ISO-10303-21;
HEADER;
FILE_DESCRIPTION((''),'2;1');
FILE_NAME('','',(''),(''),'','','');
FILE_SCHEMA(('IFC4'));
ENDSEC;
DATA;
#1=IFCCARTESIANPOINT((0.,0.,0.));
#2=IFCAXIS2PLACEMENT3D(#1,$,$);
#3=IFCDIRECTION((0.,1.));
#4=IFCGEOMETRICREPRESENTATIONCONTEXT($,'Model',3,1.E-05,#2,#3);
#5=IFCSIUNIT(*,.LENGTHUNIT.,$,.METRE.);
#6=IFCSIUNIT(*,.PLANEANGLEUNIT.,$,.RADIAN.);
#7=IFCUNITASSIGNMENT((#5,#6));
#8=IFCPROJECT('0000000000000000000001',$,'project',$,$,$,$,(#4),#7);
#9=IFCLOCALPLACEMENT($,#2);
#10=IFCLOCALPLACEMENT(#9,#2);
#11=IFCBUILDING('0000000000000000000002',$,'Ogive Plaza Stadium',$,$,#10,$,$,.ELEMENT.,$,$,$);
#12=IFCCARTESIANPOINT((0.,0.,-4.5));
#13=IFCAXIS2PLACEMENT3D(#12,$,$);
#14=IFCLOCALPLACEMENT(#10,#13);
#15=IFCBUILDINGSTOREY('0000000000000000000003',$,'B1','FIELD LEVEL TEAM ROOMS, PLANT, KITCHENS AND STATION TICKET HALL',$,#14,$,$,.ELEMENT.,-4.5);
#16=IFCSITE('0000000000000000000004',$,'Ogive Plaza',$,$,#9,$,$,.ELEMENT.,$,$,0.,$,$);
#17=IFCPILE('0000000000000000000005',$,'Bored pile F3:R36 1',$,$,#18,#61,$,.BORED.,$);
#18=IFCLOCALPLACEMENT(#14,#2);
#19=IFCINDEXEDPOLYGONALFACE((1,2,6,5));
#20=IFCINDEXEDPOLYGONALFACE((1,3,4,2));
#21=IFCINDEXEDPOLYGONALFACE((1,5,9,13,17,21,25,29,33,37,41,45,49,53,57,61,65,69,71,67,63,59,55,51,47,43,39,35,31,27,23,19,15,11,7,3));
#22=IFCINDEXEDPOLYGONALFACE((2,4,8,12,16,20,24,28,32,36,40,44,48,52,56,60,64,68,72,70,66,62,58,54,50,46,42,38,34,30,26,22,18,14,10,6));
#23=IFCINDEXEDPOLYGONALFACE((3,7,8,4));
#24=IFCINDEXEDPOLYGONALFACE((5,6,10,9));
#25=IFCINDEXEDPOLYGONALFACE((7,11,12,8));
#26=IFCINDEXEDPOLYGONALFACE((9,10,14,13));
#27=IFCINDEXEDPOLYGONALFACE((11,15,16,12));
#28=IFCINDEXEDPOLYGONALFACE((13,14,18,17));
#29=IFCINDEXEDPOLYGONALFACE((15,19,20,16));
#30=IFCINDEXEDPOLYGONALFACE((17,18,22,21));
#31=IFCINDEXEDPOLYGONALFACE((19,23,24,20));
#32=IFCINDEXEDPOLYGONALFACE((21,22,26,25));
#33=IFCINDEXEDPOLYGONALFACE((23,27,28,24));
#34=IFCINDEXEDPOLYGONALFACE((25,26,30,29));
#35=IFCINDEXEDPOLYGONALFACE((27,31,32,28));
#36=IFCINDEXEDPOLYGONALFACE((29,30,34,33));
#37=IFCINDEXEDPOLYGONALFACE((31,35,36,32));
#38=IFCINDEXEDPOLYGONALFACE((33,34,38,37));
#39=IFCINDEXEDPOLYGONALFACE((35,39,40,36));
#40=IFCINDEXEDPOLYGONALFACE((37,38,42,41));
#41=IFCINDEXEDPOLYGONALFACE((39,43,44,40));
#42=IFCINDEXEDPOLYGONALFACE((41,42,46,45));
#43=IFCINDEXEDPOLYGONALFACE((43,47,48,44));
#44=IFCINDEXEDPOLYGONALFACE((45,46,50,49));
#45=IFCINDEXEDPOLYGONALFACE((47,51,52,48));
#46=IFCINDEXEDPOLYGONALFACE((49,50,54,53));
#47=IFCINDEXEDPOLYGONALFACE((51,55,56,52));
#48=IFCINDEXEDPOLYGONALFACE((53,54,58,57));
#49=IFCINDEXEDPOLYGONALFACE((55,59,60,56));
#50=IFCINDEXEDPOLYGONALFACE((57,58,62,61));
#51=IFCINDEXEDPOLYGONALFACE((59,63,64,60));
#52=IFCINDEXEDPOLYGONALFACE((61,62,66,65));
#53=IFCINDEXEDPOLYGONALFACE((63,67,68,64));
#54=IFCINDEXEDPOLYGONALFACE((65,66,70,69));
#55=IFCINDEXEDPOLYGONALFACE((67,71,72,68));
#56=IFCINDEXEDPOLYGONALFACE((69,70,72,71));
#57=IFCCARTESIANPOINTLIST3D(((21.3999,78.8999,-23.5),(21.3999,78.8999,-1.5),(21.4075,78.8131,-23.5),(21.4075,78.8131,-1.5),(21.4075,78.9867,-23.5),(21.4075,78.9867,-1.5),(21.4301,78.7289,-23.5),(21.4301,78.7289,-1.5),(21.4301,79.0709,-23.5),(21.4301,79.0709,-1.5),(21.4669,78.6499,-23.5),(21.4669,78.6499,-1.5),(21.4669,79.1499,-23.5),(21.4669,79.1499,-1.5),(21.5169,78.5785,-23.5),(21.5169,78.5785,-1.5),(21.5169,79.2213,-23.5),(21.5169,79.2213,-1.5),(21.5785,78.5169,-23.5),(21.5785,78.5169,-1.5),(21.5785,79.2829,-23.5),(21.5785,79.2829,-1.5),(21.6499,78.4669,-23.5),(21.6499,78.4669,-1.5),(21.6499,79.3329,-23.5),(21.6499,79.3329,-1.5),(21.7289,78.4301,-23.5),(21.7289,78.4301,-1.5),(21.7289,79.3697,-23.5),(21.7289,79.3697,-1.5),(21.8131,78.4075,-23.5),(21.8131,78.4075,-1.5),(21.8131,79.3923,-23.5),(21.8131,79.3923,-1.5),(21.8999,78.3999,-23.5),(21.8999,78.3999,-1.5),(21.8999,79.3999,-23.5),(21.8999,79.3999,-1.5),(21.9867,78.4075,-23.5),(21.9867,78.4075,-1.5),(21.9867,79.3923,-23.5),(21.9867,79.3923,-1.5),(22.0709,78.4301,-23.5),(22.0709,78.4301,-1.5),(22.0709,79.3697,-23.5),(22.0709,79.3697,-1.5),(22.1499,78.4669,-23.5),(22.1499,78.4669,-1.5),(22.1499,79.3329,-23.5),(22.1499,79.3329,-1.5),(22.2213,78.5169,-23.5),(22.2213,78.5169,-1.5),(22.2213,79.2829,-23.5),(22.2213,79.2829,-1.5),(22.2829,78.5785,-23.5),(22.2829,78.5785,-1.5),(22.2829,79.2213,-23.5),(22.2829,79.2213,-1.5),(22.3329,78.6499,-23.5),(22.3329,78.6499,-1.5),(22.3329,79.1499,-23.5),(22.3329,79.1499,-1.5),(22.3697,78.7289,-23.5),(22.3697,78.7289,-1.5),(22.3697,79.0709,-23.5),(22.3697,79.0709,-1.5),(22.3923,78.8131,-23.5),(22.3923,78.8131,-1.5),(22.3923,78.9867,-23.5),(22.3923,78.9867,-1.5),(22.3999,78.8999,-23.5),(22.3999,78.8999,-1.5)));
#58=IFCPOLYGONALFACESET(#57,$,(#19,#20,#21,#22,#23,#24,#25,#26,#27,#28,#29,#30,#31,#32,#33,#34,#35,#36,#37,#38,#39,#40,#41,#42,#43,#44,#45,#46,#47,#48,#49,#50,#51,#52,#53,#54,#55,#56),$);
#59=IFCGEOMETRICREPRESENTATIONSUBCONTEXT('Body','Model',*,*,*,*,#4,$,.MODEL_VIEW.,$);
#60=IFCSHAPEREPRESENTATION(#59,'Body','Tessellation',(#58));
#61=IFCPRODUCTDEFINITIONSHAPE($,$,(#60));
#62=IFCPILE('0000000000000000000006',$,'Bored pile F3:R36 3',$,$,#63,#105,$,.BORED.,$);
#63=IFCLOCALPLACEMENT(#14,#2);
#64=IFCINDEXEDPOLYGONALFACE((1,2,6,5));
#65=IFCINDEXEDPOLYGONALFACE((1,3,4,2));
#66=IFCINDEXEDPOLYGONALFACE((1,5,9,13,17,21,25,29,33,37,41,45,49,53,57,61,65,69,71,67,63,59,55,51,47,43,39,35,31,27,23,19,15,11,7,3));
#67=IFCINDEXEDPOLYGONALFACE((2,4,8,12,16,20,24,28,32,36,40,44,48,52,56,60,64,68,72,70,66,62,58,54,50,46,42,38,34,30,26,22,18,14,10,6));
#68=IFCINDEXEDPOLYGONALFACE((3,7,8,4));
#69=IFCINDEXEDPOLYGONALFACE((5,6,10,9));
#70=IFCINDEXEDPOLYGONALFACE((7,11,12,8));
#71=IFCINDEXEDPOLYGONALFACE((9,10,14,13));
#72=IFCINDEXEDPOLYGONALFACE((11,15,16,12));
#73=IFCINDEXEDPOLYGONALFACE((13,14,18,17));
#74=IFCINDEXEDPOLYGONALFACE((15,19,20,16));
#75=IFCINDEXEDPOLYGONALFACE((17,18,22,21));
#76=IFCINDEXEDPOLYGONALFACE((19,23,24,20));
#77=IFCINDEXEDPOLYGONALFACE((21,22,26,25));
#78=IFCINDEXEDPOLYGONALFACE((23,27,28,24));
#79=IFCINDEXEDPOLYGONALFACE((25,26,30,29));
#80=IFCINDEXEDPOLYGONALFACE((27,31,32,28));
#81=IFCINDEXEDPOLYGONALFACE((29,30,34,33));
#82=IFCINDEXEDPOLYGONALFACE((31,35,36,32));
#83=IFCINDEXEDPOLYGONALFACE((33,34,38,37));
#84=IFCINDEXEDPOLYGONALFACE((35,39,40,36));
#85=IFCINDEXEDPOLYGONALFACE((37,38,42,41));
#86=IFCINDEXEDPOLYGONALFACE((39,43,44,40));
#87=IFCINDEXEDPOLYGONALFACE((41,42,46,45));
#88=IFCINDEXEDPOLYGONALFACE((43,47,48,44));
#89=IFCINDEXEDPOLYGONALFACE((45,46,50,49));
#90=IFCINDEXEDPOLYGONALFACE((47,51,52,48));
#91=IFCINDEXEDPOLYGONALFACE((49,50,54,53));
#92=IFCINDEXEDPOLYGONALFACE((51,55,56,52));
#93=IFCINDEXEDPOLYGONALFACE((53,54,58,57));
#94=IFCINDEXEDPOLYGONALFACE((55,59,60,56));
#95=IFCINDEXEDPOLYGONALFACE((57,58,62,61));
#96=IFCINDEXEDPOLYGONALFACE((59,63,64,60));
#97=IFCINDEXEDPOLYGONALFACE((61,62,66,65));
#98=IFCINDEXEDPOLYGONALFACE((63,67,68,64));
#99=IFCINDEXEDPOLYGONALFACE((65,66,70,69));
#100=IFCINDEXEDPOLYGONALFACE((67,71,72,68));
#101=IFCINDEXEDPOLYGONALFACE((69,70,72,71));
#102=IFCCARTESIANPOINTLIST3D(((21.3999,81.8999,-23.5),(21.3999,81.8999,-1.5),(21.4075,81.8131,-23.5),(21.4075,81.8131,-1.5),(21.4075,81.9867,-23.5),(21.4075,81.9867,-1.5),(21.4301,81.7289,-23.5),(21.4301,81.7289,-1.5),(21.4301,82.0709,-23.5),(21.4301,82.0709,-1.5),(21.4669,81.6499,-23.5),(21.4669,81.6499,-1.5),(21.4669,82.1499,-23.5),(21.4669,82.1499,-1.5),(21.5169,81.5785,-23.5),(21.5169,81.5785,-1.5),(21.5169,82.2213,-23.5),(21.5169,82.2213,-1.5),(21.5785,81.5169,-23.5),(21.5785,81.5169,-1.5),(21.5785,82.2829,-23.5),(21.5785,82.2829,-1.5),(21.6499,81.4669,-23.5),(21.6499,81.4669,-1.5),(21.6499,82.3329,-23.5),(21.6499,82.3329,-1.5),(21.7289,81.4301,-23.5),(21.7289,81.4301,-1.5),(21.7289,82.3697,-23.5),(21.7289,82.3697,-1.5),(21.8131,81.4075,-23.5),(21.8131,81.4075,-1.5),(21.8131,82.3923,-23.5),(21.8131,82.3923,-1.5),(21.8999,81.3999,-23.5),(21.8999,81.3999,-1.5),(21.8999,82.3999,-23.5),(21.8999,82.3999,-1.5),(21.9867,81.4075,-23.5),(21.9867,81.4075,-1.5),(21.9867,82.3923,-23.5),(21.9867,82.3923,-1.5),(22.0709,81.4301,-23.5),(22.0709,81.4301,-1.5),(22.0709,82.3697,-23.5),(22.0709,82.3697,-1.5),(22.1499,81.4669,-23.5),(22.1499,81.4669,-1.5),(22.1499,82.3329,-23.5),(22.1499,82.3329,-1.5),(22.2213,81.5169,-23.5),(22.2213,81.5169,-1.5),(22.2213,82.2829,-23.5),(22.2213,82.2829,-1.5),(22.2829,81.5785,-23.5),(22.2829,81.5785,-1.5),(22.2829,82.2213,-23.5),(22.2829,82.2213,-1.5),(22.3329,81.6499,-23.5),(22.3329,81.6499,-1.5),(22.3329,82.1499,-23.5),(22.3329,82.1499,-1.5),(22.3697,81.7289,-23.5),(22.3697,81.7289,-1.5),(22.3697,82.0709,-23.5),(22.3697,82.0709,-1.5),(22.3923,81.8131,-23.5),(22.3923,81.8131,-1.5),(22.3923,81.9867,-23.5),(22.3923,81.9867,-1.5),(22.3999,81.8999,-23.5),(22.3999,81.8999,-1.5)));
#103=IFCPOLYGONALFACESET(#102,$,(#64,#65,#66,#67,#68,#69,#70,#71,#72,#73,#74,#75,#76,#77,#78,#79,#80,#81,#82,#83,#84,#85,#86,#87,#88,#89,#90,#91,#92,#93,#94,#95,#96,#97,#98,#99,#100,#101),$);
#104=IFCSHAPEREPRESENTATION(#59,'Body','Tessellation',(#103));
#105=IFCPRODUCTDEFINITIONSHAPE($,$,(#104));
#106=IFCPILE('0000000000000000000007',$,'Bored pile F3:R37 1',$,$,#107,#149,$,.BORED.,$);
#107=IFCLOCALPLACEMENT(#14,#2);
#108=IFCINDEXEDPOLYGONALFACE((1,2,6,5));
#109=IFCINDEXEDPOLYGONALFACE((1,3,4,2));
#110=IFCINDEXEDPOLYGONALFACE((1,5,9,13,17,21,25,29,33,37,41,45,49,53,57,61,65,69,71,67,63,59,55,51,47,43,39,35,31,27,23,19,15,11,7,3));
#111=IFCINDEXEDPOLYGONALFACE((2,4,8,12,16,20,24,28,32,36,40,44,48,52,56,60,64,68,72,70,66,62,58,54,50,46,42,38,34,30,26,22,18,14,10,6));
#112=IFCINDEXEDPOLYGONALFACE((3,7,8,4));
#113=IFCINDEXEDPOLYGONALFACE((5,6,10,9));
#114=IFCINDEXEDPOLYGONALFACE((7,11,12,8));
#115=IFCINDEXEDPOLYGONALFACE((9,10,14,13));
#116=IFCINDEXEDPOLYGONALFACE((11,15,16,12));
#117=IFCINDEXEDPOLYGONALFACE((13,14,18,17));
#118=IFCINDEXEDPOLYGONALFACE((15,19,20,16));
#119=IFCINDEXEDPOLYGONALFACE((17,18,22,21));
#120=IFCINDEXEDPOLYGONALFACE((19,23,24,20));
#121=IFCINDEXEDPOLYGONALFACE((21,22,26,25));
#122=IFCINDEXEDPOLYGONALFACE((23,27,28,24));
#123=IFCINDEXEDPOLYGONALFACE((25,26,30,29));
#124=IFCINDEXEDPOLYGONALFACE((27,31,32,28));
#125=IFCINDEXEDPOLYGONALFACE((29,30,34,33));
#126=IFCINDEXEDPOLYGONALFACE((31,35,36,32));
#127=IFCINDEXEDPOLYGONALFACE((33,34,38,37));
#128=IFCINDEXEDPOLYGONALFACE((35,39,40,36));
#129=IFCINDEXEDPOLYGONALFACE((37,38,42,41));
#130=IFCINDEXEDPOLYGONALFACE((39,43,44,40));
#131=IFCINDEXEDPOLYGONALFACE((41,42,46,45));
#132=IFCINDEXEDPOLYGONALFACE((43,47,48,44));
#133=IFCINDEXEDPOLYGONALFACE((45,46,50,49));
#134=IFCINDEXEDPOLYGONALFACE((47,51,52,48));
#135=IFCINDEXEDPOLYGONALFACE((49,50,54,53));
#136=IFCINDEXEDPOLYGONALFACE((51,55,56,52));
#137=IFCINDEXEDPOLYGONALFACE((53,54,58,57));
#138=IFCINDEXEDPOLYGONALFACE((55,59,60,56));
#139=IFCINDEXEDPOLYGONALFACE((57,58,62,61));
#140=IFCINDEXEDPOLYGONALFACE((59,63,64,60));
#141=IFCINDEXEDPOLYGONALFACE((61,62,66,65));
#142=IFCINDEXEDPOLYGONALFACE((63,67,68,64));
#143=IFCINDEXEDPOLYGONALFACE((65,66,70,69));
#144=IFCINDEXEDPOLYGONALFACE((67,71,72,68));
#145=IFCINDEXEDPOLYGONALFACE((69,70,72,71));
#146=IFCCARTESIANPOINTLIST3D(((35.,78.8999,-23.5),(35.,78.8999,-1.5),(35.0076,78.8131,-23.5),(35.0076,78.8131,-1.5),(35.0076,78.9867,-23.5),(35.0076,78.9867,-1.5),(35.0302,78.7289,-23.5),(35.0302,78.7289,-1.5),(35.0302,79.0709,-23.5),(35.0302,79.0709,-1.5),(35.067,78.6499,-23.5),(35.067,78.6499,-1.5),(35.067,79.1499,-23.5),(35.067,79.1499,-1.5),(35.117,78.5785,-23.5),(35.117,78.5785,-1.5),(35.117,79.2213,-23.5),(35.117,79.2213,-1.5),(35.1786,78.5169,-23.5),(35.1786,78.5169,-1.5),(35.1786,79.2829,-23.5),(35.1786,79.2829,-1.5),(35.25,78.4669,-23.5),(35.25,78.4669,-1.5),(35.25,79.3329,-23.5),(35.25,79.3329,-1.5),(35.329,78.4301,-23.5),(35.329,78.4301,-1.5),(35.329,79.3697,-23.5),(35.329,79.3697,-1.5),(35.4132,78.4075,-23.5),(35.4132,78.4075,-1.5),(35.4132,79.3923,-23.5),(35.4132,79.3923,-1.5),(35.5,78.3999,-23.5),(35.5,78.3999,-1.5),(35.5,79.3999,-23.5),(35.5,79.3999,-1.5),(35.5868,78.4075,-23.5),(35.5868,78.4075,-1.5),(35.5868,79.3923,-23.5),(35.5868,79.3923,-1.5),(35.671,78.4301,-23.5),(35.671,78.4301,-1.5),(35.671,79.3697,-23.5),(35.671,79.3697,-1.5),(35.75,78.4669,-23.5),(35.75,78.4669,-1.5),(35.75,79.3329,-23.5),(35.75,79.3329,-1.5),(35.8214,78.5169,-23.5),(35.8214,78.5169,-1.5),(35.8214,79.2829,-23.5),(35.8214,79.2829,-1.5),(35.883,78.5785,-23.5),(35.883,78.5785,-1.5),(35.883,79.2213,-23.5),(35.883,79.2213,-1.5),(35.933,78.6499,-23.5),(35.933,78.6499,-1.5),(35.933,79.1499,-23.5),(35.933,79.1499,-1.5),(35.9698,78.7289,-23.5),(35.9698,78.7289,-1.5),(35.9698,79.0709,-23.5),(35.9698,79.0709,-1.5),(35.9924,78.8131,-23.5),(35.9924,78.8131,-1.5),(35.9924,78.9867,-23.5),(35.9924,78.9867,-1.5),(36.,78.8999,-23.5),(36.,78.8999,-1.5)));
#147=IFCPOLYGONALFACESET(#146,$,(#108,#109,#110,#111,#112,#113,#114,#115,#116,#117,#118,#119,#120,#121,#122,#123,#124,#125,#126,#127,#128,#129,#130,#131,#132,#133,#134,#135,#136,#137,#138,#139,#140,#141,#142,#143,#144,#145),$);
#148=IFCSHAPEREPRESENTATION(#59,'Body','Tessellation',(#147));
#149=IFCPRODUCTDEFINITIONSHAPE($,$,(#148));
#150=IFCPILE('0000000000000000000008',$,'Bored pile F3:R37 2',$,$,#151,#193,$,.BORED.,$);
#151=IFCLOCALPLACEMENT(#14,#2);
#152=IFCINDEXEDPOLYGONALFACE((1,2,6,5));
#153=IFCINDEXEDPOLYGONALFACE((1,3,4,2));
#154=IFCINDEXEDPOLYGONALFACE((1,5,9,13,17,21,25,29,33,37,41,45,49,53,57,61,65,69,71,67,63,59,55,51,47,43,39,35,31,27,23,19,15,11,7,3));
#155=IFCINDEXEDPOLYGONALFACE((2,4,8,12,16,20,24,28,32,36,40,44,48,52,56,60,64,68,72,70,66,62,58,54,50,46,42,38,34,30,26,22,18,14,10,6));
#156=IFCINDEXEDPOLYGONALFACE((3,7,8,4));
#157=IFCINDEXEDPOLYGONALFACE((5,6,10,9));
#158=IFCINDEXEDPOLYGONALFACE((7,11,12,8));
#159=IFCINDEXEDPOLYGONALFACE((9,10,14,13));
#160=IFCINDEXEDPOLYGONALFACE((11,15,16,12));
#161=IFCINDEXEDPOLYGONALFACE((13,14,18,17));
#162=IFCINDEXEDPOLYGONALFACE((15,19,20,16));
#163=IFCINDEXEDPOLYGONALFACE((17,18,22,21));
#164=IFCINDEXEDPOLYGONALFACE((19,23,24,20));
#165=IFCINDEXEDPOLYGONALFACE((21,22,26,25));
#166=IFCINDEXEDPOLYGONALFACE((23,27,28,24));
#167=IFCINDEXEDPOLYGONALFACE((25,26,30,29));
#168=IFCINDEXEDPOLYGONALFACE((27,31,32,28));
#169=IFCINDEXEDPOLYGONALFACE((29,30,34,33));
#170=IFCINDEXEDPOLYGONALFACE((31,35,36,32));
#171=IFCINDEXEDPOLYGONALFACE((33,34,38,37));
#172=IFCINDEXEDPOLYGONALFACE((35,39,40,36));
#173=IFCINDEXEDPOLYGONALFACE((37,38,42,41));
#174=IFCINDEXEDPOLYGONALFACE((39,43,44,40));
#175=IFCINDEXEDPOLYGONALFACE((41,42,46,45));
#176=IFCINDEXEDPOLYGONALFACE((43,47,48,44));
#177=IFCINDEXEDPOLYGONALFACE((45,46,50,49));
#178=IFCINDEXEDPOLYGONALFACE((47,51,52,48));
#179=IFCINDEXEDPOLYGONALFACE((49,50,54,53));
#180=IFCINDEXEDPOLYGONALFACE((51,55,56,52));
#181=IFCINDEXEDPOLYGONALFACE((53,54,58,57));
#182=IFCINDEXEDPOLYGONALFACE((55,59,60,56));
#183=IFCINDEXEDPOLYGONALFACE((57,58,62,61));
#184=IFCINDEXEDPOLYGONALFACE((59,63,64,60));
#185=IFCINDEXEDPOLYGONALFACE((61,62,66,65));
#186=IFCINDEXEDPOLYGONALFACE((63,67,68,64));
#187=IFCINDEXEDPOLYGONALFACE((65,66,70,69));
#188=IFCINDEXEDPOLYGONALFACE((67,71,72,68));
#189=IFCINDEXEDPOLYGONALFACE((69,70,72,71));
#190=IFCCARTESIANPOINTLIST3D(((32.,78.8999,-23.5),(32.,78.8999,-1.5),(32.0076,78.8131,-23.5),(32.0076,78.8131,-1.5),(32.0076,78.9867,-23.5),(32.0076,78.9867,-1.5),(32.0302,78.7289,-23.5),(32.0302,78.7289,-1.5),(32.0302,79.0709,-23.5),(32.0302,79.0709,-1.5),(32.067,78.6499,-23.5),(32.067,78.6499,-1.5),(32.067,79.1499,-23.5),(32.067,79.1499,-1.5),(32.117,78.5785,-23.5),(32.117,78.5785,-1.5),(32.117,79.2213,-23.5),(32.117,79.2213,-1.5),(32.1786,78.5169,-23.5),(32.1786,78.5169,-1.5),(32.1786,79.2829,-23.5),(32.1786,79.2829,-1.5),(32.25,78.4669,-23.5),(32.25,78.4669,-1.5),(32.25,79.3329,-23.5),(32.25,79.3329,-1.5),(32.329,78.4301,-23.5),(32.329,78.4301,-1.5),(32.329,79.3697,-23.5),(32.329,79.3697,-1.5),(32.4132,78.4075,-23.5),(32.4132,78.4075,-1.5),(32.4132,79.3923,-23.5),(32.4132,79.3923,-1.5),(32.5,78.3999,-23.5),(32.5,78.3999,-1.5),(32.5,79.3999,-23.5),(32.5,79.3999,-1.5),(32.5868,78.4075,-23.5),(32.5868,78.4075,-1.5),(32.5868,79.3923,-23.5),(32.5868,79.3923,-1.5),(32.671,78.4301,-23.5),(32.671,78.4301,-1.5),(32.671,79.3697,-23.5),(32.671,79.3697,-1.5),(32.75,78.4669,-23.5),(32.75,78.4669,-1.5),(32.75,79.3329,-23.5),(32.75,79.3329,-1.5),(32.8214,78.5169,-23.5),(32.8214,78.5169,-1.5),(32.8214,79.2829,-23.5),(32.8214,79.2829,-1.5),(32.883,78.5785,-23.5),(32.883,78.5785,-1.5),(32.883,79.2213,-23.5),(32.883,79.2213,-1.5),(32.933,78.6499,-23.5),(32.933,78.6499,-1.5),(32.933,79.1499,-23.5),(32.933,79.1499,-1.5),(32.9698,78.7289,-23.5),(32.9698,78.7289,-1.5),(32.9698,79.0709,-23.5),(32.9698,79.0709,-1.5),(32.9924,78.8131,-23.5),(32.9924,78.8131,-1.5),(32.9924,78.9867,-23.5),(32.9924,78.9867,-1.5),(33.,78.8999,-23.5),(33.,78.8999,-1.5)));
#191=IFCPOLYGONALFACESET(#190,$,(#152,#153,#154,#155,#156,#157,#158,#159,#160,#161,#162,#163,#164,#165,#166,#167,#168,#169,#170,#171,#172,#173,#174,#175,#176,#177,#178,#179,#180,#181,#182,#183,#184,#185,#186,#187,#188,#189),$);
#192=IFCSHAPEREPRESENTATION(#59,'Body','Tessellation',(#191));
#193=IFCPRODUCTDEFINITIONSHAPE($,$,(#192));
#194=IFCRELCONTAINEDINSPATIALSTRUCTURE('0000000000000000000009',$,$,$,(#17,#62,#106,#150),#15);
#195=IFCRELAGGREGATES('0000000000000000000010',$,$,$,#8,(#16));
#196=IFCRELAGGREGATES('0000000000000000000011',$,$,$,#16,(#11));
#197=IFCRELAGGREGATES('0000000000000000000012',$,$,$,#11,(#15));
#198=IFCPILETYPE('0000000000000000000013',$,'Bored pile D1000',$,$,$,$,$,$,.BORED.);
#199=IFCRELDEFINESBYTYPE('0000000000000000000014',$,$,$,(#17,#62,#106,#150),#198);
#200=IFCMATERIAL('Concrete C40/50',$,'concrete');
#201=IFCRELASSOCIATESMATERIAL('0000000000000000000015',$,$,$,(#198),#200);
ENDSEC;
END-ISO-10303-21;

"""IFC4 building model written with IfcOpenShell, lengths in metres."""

from ifc_helpers import new_model, si_unit, direction, frame, origin, origin_2d, place, context, subcontext, project, spatial, circle, extrude, material, material_profile, profile_set, type_object, element, save


model = new_model("IFC4")

# Units and contexts
model_context = context("Model", 3, precision=1e-05, world=origin(), true_north=direction((0.0, 1.0)))
body_context = subcontext(model_context, "Body", "Model", "MODEL_VIEW")
ifc_project = project(units=[si_unit("LENGTHUNIT", "METRE"), si_unit("PLANEANGLEUNIT", "RADIAN")], contexts=[model_context])

# Site, building, storey
site_placement = place(None, origin())
site = spatial("IfcSite", under=ifc_project, at=site_placement, Name="Ogive Plaza", CompositionType="ELEMENT", RefElevation=0.0)
building_placement = place(site_placement, origin())
building = spatial("IfcBuilding", under=site, at=building_placement, Name="Ogive Plaza Stadium", CompositionType="ELEMENT")
storey_placement = place(building_placement, frame((0.0, 0.0, -4.5)))
storey = spatial("IfcBuildingStorey", under=building, at=storey_placement, Name="B1", Description="FIELD LEVEL TEAM ROOMS, PLANT, KITCHENS AND STATION TICKET HALL", CompositionType="ELEMENT", Elevation=-4.5)

# Piles
ifc_material_1 = material(Name="Concrete C40/50", Category="concrete")
ifc_material_profile_1 = material_profile(ifc_material_1, circle(Radius=0.5, at=origin_2d()), Name="RC D1000")
ifc_profile_set_1 = profile_set([ifc_material_profile_1], Name="Concrete C40/50")
pile_type_1 = type_object("IfcPileType", Name="Bored pile D1000", PredefinedType="BORED", material=ifc_profile_set_1)
for number, where, z_axis, x_axis, name in (
    (1, (21.8999, 78.8999, -1.5), (0.0, 0.0, -1.0), (1.0, 0.0, 0.0), "Bored pile F3:R36 1"),
    (2, (21.8999, 81.8999, -1.5), (0.0, 0.0, -1.0), (1.0, 0.0, 0.0), "Bored pile F3:R36 3"),
    (3, (35.5, 78.8999, -1.5), (0.0, 0.0, -1.0), (1.0, 0.0, 0.0), "Bored pile F3:R37 1"),
    (4, (32.5, 78.8999, -1.5), (0.0, 0.0, -1.0), (1.0, 0.0, 0.0), "Bored pile F3:R37 2"),
):
    element("IfcPile", number, at=place(storey_placement, frame(where, z_axis=z_axis, x_axis=x_axis)), inside=storey, type_object=pile_type_1, Name=name, PredefinedType="BORED", context=body_context, shape_type="SweptSolid", body=[
        extrude(circle(Radius=0.5, at=origin_2d()), origin(), (0.0, 0.0, 1.0), 22.0),
    ])

save(model, "model.ifc")
